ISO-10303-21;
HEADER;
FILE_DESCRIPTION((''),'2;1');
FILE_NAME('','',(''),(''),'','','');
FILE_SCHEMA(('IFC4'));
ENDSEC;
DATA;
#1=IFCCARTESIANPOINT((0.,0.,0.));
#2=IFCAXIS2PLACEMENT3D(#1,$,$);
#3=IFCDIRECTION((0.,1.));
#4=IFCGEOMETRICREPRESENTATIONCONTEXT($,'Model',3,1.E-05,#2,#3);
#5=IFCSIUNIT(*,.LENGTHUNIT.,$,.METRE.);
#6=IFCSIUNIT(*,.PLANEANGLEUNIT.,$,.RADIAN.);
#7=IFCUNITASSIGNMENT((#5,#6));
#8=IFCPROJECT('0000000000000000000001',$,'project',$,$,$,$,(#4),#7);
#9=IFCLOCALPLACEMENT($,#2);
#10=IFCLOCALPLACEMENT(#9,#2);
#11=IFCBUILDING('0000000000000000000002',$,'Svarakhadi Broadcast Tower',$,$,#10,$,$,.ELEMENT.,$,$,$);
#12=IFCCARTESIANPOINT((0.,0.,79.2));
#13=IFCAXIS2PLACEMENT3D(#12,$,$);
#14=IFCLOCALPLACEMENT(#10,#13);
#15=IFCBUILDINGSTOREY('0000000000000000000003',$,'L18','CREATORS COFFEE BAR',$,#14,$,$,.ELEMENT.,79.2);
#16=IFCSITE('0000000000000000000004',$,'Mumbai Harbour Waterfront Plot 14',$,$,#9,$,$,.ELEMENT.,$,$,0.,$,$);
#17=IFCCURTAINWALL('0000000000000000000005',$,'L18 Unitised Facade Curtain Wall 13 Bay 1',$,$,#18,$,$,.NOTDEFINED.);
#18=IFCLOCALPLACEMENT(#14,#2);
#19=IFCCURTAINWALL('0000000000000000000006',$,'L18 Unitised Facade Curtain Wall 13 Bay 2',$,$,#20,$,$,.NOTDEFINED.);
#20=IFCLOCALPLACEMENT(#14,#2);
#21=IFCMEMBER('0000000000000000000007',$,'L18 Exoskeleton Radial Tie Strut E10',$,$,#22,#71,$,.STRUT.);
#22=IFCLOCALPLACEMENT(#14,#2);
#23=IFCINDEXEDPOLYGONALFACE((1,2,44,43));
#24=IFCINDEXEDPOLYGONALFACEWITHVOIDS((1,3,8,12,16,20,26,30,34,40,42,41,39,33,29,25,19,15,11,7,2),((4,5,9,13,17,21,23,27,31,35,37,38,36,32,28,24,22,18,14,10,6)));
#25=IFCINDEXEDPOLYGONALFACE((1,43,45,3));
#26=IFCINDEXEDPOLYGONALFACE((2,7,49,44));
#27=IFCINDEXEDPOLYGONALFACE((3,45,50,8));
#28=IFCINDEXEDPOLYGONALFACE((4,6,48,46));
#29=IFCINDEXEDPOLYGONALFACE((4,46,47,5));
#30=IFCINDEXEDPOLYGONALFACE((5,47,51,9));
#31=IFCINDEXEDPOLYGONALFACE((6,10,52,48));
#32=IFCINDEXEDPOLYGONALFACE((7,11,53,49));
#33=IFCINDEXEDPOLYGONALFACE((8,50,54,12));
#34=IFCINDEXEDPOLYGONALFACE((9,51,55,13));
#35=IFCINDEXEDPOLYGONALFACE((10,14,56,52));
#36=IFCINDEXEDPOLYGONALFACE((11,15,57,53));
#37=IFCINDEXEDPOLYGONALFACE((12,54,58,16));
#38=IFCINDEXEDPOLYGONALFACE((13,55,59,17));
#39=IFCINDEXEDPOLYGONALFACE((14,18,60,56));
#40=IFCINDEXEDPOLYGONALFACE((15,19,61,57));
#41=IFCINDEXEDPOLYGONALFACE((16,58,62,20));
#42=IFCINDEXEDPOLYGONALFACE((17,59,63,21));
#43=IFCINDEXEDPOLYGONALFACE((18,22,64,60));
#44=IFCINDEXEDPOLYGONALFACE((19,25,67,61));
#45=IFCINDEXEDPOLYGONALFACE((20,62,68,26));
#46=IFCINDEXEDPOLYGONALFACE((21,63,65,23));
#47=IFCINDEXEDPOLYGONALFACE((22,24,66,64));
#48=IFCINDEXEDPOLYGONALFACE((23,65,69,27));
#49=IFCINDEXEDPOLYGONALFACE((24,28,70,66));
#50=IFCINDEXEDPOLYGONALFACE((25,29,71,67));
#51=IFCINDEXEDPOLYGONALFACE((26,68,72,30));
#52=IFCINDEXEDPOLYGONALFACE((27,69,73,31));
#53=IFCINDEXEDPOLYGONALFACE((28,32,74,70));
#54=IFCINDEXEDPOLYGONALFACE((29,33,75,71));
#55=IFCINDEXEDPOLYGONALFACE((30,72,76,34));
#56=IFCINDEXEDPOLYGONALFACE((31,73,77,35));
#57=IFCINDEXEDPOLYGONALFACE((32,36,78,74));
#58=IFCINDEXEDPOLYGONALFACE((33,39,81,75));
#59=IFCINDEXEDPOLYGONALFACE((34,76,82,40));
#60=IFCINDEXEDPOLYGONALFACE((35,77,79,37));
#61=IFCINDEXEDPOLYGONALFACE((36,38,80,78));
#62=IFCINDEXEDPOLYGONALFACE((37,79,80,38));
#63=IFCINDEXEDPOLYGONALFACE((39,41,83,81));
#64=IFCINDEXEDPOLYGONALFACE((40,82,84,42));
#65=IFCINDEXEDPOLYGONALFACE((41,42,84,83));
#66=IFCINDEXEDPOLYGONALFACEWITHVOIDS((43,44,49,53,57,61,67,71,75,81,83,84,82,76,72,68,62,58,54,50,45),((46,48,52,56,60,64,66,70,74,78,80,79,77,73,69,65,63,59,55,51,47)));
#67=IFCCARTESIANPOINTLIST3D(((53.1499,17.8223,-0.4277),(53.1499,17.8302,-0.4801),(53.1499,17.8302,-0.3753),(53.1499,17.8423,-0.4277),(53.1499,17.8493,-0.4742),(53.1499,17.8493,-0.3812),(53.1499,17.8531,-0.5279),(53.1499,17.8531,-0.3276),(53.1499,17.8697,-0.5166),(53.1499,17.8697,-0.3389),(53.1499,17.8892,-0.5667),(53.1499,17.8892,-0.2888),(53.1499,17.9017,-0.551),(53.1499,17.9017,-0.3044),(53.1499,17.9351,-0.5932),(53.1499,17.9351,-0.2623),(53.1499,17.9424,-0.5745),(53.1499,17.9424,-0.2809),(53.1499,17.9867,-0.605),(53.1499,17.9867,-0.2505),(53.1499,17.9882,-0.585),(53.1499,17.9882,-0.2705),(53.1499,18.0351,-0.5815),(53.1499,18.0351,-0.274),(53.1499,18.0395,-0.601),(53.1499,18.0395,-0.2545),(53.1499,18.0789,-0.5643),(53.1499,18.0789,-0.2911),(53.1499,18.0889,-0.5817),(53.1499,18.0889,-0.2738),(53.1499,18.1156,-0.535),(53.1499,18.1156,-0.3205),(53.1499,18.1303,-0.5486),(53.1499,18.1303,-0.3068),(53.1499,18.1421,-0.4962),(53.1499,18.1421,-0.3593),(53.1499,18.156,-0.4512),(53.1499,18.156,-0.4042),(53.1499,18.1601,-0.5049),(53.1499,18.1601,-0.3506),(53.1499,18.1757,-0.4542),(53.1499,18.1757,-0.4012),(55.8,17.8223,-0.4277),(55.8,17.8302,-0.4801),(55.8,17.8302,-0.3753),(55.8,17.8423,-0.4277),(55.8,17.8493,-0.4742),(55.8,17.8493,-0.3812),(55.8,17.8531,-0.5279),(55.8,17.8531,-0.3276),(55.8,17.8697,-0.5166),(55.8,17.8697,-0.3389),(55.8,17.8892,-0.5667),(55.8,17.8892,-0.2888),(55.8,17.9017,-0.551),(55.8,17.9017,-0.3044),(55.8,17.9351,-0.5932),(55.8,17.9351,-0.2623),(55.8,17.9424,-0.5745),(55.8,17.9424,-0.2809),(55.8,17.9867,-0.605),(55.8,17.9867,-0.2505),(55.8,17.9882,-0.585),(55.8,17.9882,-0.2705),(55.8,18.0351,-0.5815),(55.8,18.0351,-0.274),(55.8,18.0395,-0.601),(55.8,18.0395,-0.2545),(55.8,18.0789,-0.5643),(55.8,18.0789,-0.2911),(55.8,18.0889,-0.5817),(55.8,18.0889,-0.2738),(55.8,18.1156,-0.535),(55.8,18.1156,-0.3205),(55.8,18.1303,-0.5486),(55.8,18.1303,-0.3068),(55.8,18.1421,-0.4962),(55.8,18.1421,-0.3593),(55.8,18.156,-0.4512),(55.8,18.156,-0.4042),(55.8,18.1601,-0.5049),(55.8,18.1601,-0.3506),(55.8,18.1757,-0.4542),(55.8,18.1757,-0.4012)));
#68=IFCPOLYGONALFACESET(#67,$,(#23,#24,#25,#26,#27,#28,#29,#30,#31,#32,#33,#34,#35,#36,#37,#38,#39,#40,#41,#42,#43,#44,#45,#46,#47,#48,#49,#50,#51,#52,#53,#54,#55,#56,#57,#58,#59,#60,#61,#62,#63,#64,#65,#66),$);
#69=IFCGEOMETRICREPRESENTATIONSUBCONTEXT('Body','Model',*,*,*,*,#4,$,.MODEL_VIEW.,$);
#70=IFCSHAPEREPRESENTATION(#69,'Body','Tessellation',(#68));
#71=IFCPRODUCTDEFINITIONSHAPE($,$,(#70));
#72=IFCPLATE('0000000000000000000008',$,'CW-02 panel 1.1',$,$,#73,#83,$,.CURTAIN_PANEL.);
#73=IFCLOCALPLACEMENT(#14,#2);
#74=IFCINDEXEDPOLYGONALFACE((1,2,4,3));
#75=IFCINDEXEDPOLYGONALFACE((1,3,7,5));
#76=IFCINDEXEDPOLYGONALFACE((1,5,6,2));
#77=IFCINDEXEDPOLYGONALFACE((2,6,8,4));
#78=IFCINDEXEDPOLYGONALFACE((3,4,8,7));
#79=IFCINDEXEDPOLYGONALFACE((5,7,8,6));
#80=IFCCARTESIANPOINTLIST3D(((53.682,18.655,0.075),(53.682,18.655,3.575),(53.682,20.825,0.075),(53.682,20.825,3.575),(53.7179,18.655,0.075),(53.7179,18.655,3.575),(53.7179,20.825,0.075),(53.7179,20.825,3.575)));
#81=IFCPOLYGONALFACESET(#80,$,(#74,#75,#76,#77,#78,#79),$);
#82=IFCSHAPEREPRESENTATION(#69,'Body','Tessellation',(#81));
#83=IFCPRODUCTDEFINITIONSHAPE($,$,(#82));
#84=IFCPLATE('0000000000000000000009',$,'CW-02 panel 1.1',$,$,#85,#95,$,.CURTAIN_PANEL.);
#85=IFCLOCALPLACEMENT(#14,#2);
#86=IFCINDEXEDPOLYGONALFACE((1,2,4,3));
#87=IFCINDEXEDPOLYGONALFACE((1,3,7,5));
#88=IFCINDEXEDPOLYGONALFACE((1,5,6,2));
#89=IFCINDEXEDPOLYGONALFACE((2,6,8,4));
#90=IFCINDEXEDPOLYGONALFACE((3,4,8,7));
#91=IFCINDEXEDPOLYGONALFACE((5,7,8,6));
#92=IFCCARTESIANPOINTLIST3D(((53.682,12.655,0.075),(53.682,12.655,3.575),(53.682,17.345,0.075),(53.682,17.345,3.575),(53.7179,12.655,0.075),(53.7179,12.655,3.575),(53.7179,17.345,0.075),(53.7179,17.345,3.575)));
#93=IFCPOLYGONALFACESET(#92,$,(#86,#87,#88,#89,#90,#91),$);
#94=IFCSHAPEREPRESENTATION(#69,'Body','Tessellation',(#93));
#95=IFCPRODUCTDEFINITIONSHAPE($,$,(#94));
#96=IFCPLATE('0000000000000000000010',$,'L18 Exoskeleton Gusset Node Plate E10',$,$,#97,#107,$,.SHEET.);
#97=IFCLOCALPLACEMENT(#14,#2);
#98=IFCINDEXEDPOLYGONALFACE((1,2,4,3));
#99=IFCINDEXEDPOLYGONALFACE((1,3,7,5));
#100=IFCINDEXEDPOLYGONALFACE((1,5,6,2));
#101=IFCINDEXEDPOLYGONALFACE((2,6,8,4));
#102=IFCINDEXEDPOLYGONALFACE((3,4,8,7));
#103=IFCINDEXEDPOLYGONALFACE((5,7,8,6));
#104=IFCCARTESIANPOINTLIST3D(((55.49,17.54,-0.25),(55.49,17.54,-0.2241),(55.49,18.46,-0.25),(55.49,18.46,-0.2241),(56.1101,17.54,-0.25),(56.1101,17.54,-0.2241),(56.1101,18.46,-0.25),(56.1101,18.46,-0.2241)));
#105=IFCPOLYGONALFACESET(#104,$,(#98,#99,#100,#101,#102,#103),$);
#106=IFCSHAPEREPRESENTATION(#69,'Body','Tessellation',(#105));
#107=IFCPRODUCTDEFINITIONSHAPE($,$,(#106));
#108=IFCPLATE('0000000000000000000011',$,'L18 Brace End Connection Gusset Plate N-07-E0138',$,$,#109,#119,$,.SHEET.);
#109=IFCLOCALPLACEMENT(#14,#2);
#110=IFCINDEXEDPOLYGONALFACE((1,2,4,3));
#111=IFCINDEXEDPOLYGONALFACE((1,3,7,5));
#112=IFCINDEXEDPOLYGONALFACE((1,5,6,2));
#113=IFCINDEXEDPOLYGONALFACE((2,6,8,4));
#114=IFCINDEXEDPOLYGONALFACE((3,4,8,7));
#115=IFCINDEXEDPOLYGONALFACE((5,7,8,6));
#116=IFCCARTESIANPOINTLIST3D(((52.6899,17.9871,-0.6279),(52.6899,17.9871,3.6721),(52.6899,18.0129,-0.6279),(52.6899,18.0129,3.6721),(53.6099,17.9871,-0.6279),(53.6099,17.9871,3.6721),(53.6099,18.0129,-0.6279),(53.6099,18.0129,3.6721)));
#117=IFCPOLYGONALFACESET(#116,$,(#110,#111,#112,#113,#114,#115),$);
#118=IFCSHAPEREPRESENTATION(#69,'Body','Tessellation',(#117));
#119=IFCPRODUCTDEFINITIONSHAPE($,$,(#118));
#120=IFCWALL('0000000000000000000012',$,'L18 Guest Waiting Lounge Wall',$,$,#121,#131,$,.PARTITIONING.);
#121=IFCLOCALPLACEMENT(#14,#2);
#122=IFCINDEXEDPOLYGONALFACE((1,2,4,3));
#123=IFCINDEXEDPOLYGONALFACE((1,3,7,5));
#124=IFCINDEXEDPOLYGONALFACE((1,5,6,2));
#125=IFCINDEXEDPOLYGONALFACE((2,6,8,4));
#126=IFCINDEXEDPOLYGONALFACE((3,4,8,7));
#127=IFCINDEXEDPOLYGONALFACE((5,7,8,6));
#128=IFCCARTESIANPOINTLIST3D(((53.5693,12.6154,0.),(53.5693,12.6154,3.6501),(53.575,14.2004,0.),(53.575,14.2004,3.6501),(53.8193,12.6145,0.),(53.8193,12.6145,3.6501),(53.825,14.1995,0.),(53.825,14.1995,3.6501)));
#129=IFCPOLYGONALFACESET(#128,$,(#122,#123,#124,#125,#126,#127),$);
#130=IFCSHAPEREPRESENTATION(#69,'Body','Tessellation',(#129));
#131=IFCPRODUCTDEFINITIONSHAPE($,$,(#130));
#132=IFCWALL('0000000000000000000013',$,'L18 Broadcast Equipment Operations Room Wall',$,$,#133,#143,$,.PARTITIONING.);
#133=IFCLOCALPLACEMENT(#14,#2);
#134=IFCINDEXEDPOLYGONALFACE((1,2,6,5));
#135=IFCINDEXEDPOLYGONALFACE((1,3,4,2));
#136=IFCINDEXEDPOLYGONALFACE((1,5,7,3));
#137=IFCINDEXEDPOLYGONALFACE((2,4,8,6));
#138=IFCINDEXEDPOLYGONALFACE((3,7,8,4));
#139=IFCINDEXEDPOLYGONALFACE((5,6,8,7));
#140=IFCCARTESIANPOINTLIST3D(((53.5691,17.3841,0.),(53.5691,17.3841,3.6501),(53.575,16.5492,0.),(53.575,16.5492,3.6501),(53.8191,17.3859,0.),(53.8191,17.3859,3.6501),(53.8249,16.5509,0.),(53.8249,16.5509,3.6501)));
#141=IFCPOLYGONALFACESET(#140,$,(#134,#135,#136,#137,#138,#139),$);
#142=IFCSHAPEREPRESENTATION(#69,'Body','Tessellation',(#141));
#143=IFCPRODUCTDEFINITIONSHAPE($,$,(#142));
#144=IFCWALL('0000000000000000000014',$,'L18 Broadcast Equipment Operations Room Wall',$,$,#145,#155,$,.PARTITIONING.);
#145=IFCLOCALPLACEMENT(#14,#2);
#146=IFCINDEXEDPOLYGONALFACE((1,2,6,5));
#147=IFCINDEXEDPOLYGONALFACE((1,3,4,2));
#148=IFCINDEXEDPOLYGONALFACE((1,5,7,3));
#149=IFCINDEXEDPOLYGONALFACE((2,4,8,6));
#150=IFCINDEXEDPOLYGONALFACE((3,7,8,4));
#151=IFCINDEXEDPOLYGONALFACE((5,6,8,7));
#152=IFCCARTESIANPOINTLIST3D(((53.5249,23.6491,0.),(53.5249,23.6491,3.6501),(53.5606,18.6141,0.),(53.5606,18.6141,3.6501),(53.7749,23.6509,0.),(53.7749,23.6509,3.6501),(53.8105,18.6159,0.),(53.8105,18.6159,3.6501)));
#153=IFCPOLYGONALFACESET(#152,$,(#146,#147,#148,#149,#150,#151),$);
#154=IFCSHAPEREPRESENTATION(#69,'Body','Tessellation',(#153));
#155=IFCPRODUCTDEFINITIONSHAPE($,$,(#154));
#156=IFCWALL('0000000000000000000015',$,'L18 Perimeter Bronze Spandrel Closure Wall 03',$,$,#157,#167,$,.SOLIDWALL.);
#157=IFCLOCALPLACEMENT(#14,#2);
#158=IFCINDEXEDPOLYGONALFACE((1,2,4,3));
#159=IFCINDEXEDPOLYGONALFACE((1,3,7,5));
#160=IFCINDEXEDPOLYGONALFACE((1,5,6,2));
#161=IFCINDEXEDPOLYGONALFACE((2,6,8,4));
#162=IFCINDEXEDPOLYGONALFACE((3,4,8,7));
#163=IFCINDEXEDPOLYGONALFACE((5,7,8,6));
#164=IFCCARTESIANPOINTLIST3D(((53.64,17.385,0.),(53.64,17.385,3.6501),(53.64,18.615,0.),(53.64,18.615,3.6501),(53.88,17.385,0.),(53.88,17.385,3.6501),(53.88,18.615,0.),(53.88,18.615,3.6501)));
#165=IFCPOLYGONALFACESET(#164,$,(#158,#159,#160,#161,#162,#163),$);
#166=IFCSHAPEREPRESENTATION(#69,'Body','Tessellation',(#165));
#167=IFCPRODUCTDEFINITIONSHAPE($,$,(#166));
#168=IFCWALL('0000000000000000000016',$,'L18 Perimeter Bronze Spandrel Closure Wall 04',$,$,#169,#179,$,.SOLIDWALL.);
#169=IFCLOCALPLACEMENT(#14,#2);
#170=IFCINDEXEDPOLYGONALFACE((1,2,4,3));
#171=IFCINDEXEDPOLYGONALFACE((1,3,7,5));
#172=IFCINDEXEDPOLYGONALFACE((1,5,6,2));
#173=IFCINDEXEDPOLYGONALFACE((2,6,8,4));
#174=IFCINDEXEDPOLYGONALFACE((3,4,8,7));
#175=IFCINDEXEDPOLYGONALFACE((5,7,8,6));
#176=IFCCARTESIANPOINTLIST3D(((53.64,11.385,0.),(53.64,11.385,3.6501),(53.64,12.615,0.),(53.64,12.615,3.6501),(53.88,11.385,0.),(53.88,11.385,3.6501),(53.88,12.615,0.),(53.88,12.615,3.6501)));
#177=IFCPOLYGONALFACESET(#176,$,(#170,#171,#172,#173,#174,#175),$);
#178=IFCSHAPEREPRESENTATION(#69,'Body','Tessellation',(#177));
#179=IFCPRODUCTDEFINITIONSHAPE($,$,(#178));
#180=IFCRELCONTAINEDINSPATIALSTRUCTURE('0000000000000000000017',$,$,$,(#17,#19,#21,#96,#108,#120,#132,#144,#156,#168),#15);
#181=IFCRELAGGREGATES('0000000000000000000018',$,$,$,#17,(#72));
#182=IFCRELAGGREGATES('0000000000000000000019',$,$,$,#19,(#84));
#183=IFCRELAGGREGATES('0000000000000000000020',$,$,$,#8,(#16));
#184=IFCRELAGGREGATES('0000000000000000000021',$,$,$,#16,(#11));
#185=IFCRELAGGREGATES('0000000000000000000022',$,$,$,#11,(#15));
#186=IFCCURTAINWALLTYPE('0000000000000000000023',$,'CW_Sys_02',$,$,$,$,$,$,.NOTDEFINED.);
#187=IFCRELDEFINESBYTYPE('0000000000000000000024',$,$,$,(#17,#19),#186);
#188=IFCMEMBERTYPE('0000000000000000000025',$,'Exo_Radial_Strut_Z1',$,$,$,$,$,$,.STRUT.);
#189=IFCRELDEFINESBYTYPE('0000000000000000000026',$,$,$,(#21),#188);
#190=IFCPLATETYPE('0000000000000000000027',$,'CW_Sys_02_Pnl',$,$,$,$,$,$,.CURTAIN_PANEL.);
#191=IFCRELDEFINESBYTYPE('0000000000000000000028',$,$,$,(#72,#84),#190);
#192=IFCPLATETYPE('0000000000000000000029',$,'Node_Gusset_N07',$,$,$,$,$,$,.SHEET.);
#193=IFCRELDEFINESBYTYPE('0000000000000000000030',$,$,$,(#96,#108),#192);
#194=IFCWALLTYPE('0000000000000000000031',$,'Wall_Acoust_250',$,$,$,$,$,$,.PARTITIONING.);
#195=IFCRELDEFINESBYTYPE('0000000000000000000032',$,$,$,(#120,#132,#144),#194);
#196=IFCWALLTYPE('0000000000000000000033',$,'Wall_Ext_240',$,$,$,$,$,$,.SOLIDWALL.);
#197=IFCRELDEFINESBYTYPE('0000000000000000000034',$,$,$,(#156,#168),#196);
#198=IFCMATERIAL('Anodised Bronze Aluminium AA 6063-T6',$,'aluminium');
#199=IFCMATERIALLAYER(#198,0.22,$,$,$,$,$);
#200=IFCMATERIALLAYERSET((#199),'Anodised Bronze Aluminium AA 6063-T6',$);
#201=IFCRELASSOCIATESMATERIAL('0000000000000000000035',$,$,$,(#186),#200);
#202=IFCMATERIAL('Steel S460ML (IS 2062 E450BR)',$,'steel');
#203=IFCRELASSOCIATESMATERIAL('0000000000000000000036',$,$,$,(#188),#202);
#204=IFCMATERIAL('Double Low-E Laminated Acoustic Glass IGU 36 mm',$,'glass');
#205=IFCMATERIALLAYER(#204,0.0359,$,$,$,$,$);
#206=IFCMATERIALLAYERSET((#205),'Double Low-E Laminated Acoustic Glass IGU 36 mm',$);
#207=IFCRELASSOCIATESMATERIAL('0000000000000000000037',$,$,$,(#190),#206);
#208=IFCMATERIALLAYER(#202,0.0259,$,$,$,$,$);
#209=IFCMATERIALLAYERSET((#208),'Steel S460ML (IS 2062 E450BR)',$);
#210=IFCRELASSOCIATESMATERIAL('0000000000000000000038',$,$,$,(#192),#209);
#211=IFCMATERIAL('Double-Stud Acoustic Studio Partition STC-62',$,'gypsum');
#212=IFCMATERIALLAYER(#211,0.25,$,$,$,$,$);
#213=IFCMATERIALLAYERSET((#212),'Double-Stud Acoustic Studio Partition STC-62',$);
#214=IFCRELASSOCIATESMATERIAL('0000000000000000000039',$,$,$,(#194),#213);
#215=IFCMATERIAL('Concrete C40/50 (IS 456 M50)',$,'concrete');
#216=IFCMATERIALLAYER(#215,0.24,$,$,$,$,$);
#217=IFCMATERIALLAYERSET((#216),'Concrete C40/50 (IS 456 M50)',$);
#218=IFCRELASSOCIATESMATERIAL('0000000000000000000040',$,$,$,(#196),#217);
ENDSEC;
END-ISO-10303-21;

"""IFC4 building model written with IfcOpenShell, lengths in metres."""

from ifc_helpers import new_model, si_unit, direction, frame, frame_2d, origin, origin_2d, place, context, subcontext, project, spatial, rectangle, hollow_circle, extrude, material, layer, layer_set, material_profile, profile_set, type_object, element, aggregate, save


model = new_model("IFC4")

# Units and contexts
model_context = context("Model", 3, precision=1e-05, world=origin(), true_north=direction((0.0, 1.0)))
body_context = subcontext(model_context, "Body", "Model", "MODEL_VIEW")
ifc_project = project(units=[si_unit("LENGTHUNIT", "METRE"), si_unit("PLANEANGLEUNIT", "RADIAN")], contexts=[model_context])

# Site, building, storey
site_placement = place(None, origin())
site = spatial("IfcSite", under=ifc_project, at=site_placement, Name="Mumbai Harbour Waterfront Plot 14", CompositionType="ELEMENT", RefElevation=0.0)
building_placement = place(site_placement, origin())
building = spatial("IfcBuilding", under=site, at=building_placement, Name="Svarakhadi Broadcast Tower", CompositionType="ELEMENT")
storey_placement = place(building_placement, frame((0.0, 0.0, 79.2)))
storey = spatial("IfcBuildingStorey", under=building, at=storey_placement, Name="L18", Description="CREATORS COFFEE BAR", CompositionType="ELEMENT", Elevation=79.2)

# Curtain wall
ifc_material_1 = material(Name="Anodised Bronze Aluminium AA 6063-T6", Category="aluminium")
ifc_layer_1 = layer(ifc_material_1, 0.22)
ifc_layer_set_1 = layer_set([ifc_layer_1], Name="Anodised Bronze Aluminium AA 6063-T6")
curtain_wall_type = type_object("IfcCurtainWallType", Name="CW_Sys_02", PredefinedType="NOTDEFINED", material=ifc_layer_set_1)
curtain_wall_1_placement = place(storey_placement, origin())
curtain_wall_1 = element("IfcCurtainWall", 1, at=curtain_wall_1_placement, inside=storey, type_object=curtain_wall_type, Name="L18 Unitised Facade Curtain Wall 13 Bay 1", PredefinedType="NOTDEFINED")

# Curtain wall
curtain_wall_2_placement = place(storey_placement, origin())
curtain_wall_2 = element("IfcCurtainWall", 2, at=curtain_wall_2_placement, inside=storey, type_object=curtain_wall_type, Name="L18 Unitised Facade Curtain Wall 13 Bay 2", PredefinedType="NOTDEFINED")

# Member
ifc_material_2 = material(Name="Steel S460ML (IS 2062 E450BR)", Category="steel")
ifc_material_profile_1 = material_profile(ifc_material_2, hollow_circle(Radius=0.1777, WallThickness=0.02, at=origin_2d()), Name="CHS 355.6x20")
ifc_profile_set_1 = profile_set([ifc_material_profile_1], Name="Steel S460ML (IS 2062 E450BR)")
member_type_1 = type_object("IfcMemberType", Name="Exo_Radial_Strut_Z1", PredefinedType="STRUT", material=ifc_profile_set_1)
member_1_placement = place(storey_placement, frame((55.8, 18.0, -0.4277), z_axis=(-1.0, 0.0, 0.0), x_axis=(0.0, -1.0, 0.0)))
element("IfcMember", 3, at=member_1_placement, inside=storey, type_object=member_type_1, Name="L18 Exoskeleton Radial Tie Strut E10", PredefinedType="STRUT", context=body_context, shape_type="SweptSolid", body=[
    extrude(hollow_circle(Radius=0.1777, WallThickness=0.02, at=origin_2d()), origin(), (0.0, 0.0, 1.0), 2.6501),
])

# Plates
ifc_material_3 = material(Name="Double Low-E Laminated Acoustic Glass IGU 36 mm", Category="glass")
ifc_layer_2 = layer(ifc_material_3, 0.0359)
ifc_layer_set_2 = layer_set([ifc_layer_2], Name="Double Low-E Laminated Acoustic Glass IGU 36 mm")
plate_type_1 = type_object("IfcPlateType", Name="CW_Sys_02_Pnl", PredefinedType="CURTAIN_PANEL", material=ifc_layer_set_2)
plate_1_placement = place(storey_placement, frame((53.7, 19.74, 0.075), z_axis=(0.0, 0.0, 1.0), x_axis=(0.0, -1.0, 0.0)))
plate_1 = element("IfcPlate", 4, at=plate_1_placement, type_object=plate_type_1, Name="CW-02 panel 1.1", PredefinedType="CURTAIN_PANEL", context=body_context, shape_type="SweptSolid", body=[
    extrude(rectangle(XDim=2.1699, YDim=0.0359, at=origin_2d()), origin(), (0.0, 0.0, 1.0), 3.5),
])
aggregate(curtain_wall_1, [plate_1])
plate_2_placement = place(storey_placement, frame((53.7, 15.0, 0.075), z_axis=(0.0, 0.0, 1.0), x_axis=(0.0, -1.0, 0.0)))
plate_2 = element("IfcPlate", 5, at=plate_2_placement, type_object=plate_type_1, Name="CW-02 panel 1.1", PredefinedType="CURTAIN_PANEL", context=body_context, shape_type="SweptSolid", body=[
    extrude(rectangle(XDim=4.6899, YDim=0.0359, at=origin_2d()), origin(), (0.0, 0.0, 1.0), 3.5),
])
aggregate(curtain_wall_2, [plate_2])

# Plates
ifc_layer_3 = layer(ifc_material_2, 0.0259)
ifc_layer_set_3 = layer_set([ifc_layer_3], Name="Steel S460ML (IS 2062 E450BR)")
plate_type_2 = type_object("IfcPlateType", Name="Node_Gusset_N07", PredefinedType="SHEET", material=ifc_layer_set_3)
plate_3_placement = place(storey_placement, frame((55.8, 18.0, -0.25), z_axis=(0.0, 0.0, 1.0), x_axis=(0.0, 1.0, 0.0)))
element("IfcPlate", 6, at=plate_3_placement, inside=storey, type_object=plate_type_2, Name="L18 Exoskeleton Gusset Node Plate E10", PredefinedType="SHEET", context=body_context, shape_type="SweptSolid", body=[
    extrude(rectangle(XDim=0.9199, YDim=0.6201, at=origin_2d()), origin(), (0.0, 0.0, 1.0), 0.0259),
])
plate_4_placement = place(storey_placement, frame((53.1499, 18.0, -0.6279), z_axis=(0.0, 0.0, 1.0), x_axis=(1.0, 0.0, 0.0)))
element("IfcPlate", 7, at=plate_4_placement, inside=storey, type_object=plate_type_2, Name="L18 Brace End Connection Gusset Plate N-07-E0138", PredefinedType="SHEET", context=body_context, shape_type="SweptSolid", body=[
    extrude(rectangle(XDim=0.9199, YDim=0.0259, at=origin_2d()), origin(), (0.0, 0.0, 1.0), 4.3),
])

# Walls
ifc_material_4 = material(Name="Double-Stud Acoustic Studio Partition STC-62", Category="gypsum")
ifc_layer_4 = layer(ifc_material_4, 0.25)
ifc_layer_set_4 = layer_set([ifc_layer_4], Name="Double-Stud Acoustic Studio Partition STC-62")
wall_type_1 = type_object("IfcWallType", Name="Wall_Acoust_250", PredefinedType="PARTITIONING", material=ifc_layer_set_4)
wall_1_placement = place(storey_placement, frame((53.6943, 12.615, 0.0), z_axis=(0.0, 0.0, 1.0), x_axis=(0.003543, 0.999994, 0.0)))
element("IfcWall", 8, at=wall_1_placement, inside=storey, type_object=wall_type_1, Name="L18 Guest Waiting Lounge Wall", PredefinedType="PARTITIONING", context=body_context, shape_type="SweptSolid", body=[
    extrude(rectangle(XDim=1.585, YDim=0.25, at=frame_2d((0.7925, 0.0))), origin(), (0.0, 0.0, 1.0), 3.6501),
])
wall_2_placement = place(storey_placement, frame((53.7, 16.55, 0.0), z_axis=(0.0, 0.0, 1.0), x_axis=(-0.007017, 0.999975, 0.0)))
element("IfcWall", 9, at=wall_2_placement, inside=storey, type_object=wall_type_1, Name="L18 Broadcast Equipment Operations Room Wall", PredefinedType="PARTITIONING", context=body_context, shape_type="SweptSolid", body=[
    extrude(rectangle(XDim=0.835, YDim=0.25, at=frame_2d((0.4175, 0.0))), origin(), (0.0, 0.0, 1.0), 3.6501),
])
wall_3_placement = place(storey_placement, frame((53.6855, 18.615, 0.0), z_axis=(0.0, 0.0, 1.0), x_axis=(-0.007079, 0.999975, 0.0)))
element("IfcWall", 10, at=wall_3_placement, inside=storey, type_object=wall_type_1, Name="L18 Broadcast Equipment Operations Room Wall", PredefinedType="PARTITIONING", context=body_context, shape_type="SweptSolid", body=[
    extrude(rectangle(XDim=5.0352, YDim=0.25, at=frame_2d((2.5176, 0.0))), origin(), (0.0, 0.0, 1.0), 3.6501),
])
ifc_material_5 = material(Name="Concrete C40/50 (IS 456 M50)", Category="concrete")
ifc_layer_5 = layer(ifc_material_5, 0.24)
ifc_layer_set_5 = layer_set([ifc_layer_5], Name="Concrete C40/50 (IS 456 M50)")
wall_type_2 = type_object("IfcWallType", Name="Wall_Ext_240", PredefinedType="SOLIDWALL", material=ifc_layer_set_5)
for number, where, z_axis, x_axis, name in (
    (11, (53.76, 18.615, 0.0), (0.0, 0.0, 1.0), (0.0, -1.0, 0.0), "L18 Perimeter Bronze Spandrel Closure Wall 03"),
    (12, (53.76, 12.615, 0.0), (0.0, 0.0, 1.0), (0.0, -1.0, 0.0), "L18 Perimeter Bronze Spandrel Closure Wall 04"),
):
    element("IfcWall", number, at=place(storey_placement, frame(where, z_axis=z_axis, x_axis=x_axis)), inside=storey, type_object=wall_type_2, Name=name, PredefinedType="SOLIDWALL", context=body_context, shape_type="SweptSolid", body=[
        extrude(rectangle(XDim=1.23, YDim=0.24, at=frame_2d((0.615, 0.0))), origin(), (0.0, 0.0, 1.0), 3.6501),
    ])

save(model, "model.ifc")
